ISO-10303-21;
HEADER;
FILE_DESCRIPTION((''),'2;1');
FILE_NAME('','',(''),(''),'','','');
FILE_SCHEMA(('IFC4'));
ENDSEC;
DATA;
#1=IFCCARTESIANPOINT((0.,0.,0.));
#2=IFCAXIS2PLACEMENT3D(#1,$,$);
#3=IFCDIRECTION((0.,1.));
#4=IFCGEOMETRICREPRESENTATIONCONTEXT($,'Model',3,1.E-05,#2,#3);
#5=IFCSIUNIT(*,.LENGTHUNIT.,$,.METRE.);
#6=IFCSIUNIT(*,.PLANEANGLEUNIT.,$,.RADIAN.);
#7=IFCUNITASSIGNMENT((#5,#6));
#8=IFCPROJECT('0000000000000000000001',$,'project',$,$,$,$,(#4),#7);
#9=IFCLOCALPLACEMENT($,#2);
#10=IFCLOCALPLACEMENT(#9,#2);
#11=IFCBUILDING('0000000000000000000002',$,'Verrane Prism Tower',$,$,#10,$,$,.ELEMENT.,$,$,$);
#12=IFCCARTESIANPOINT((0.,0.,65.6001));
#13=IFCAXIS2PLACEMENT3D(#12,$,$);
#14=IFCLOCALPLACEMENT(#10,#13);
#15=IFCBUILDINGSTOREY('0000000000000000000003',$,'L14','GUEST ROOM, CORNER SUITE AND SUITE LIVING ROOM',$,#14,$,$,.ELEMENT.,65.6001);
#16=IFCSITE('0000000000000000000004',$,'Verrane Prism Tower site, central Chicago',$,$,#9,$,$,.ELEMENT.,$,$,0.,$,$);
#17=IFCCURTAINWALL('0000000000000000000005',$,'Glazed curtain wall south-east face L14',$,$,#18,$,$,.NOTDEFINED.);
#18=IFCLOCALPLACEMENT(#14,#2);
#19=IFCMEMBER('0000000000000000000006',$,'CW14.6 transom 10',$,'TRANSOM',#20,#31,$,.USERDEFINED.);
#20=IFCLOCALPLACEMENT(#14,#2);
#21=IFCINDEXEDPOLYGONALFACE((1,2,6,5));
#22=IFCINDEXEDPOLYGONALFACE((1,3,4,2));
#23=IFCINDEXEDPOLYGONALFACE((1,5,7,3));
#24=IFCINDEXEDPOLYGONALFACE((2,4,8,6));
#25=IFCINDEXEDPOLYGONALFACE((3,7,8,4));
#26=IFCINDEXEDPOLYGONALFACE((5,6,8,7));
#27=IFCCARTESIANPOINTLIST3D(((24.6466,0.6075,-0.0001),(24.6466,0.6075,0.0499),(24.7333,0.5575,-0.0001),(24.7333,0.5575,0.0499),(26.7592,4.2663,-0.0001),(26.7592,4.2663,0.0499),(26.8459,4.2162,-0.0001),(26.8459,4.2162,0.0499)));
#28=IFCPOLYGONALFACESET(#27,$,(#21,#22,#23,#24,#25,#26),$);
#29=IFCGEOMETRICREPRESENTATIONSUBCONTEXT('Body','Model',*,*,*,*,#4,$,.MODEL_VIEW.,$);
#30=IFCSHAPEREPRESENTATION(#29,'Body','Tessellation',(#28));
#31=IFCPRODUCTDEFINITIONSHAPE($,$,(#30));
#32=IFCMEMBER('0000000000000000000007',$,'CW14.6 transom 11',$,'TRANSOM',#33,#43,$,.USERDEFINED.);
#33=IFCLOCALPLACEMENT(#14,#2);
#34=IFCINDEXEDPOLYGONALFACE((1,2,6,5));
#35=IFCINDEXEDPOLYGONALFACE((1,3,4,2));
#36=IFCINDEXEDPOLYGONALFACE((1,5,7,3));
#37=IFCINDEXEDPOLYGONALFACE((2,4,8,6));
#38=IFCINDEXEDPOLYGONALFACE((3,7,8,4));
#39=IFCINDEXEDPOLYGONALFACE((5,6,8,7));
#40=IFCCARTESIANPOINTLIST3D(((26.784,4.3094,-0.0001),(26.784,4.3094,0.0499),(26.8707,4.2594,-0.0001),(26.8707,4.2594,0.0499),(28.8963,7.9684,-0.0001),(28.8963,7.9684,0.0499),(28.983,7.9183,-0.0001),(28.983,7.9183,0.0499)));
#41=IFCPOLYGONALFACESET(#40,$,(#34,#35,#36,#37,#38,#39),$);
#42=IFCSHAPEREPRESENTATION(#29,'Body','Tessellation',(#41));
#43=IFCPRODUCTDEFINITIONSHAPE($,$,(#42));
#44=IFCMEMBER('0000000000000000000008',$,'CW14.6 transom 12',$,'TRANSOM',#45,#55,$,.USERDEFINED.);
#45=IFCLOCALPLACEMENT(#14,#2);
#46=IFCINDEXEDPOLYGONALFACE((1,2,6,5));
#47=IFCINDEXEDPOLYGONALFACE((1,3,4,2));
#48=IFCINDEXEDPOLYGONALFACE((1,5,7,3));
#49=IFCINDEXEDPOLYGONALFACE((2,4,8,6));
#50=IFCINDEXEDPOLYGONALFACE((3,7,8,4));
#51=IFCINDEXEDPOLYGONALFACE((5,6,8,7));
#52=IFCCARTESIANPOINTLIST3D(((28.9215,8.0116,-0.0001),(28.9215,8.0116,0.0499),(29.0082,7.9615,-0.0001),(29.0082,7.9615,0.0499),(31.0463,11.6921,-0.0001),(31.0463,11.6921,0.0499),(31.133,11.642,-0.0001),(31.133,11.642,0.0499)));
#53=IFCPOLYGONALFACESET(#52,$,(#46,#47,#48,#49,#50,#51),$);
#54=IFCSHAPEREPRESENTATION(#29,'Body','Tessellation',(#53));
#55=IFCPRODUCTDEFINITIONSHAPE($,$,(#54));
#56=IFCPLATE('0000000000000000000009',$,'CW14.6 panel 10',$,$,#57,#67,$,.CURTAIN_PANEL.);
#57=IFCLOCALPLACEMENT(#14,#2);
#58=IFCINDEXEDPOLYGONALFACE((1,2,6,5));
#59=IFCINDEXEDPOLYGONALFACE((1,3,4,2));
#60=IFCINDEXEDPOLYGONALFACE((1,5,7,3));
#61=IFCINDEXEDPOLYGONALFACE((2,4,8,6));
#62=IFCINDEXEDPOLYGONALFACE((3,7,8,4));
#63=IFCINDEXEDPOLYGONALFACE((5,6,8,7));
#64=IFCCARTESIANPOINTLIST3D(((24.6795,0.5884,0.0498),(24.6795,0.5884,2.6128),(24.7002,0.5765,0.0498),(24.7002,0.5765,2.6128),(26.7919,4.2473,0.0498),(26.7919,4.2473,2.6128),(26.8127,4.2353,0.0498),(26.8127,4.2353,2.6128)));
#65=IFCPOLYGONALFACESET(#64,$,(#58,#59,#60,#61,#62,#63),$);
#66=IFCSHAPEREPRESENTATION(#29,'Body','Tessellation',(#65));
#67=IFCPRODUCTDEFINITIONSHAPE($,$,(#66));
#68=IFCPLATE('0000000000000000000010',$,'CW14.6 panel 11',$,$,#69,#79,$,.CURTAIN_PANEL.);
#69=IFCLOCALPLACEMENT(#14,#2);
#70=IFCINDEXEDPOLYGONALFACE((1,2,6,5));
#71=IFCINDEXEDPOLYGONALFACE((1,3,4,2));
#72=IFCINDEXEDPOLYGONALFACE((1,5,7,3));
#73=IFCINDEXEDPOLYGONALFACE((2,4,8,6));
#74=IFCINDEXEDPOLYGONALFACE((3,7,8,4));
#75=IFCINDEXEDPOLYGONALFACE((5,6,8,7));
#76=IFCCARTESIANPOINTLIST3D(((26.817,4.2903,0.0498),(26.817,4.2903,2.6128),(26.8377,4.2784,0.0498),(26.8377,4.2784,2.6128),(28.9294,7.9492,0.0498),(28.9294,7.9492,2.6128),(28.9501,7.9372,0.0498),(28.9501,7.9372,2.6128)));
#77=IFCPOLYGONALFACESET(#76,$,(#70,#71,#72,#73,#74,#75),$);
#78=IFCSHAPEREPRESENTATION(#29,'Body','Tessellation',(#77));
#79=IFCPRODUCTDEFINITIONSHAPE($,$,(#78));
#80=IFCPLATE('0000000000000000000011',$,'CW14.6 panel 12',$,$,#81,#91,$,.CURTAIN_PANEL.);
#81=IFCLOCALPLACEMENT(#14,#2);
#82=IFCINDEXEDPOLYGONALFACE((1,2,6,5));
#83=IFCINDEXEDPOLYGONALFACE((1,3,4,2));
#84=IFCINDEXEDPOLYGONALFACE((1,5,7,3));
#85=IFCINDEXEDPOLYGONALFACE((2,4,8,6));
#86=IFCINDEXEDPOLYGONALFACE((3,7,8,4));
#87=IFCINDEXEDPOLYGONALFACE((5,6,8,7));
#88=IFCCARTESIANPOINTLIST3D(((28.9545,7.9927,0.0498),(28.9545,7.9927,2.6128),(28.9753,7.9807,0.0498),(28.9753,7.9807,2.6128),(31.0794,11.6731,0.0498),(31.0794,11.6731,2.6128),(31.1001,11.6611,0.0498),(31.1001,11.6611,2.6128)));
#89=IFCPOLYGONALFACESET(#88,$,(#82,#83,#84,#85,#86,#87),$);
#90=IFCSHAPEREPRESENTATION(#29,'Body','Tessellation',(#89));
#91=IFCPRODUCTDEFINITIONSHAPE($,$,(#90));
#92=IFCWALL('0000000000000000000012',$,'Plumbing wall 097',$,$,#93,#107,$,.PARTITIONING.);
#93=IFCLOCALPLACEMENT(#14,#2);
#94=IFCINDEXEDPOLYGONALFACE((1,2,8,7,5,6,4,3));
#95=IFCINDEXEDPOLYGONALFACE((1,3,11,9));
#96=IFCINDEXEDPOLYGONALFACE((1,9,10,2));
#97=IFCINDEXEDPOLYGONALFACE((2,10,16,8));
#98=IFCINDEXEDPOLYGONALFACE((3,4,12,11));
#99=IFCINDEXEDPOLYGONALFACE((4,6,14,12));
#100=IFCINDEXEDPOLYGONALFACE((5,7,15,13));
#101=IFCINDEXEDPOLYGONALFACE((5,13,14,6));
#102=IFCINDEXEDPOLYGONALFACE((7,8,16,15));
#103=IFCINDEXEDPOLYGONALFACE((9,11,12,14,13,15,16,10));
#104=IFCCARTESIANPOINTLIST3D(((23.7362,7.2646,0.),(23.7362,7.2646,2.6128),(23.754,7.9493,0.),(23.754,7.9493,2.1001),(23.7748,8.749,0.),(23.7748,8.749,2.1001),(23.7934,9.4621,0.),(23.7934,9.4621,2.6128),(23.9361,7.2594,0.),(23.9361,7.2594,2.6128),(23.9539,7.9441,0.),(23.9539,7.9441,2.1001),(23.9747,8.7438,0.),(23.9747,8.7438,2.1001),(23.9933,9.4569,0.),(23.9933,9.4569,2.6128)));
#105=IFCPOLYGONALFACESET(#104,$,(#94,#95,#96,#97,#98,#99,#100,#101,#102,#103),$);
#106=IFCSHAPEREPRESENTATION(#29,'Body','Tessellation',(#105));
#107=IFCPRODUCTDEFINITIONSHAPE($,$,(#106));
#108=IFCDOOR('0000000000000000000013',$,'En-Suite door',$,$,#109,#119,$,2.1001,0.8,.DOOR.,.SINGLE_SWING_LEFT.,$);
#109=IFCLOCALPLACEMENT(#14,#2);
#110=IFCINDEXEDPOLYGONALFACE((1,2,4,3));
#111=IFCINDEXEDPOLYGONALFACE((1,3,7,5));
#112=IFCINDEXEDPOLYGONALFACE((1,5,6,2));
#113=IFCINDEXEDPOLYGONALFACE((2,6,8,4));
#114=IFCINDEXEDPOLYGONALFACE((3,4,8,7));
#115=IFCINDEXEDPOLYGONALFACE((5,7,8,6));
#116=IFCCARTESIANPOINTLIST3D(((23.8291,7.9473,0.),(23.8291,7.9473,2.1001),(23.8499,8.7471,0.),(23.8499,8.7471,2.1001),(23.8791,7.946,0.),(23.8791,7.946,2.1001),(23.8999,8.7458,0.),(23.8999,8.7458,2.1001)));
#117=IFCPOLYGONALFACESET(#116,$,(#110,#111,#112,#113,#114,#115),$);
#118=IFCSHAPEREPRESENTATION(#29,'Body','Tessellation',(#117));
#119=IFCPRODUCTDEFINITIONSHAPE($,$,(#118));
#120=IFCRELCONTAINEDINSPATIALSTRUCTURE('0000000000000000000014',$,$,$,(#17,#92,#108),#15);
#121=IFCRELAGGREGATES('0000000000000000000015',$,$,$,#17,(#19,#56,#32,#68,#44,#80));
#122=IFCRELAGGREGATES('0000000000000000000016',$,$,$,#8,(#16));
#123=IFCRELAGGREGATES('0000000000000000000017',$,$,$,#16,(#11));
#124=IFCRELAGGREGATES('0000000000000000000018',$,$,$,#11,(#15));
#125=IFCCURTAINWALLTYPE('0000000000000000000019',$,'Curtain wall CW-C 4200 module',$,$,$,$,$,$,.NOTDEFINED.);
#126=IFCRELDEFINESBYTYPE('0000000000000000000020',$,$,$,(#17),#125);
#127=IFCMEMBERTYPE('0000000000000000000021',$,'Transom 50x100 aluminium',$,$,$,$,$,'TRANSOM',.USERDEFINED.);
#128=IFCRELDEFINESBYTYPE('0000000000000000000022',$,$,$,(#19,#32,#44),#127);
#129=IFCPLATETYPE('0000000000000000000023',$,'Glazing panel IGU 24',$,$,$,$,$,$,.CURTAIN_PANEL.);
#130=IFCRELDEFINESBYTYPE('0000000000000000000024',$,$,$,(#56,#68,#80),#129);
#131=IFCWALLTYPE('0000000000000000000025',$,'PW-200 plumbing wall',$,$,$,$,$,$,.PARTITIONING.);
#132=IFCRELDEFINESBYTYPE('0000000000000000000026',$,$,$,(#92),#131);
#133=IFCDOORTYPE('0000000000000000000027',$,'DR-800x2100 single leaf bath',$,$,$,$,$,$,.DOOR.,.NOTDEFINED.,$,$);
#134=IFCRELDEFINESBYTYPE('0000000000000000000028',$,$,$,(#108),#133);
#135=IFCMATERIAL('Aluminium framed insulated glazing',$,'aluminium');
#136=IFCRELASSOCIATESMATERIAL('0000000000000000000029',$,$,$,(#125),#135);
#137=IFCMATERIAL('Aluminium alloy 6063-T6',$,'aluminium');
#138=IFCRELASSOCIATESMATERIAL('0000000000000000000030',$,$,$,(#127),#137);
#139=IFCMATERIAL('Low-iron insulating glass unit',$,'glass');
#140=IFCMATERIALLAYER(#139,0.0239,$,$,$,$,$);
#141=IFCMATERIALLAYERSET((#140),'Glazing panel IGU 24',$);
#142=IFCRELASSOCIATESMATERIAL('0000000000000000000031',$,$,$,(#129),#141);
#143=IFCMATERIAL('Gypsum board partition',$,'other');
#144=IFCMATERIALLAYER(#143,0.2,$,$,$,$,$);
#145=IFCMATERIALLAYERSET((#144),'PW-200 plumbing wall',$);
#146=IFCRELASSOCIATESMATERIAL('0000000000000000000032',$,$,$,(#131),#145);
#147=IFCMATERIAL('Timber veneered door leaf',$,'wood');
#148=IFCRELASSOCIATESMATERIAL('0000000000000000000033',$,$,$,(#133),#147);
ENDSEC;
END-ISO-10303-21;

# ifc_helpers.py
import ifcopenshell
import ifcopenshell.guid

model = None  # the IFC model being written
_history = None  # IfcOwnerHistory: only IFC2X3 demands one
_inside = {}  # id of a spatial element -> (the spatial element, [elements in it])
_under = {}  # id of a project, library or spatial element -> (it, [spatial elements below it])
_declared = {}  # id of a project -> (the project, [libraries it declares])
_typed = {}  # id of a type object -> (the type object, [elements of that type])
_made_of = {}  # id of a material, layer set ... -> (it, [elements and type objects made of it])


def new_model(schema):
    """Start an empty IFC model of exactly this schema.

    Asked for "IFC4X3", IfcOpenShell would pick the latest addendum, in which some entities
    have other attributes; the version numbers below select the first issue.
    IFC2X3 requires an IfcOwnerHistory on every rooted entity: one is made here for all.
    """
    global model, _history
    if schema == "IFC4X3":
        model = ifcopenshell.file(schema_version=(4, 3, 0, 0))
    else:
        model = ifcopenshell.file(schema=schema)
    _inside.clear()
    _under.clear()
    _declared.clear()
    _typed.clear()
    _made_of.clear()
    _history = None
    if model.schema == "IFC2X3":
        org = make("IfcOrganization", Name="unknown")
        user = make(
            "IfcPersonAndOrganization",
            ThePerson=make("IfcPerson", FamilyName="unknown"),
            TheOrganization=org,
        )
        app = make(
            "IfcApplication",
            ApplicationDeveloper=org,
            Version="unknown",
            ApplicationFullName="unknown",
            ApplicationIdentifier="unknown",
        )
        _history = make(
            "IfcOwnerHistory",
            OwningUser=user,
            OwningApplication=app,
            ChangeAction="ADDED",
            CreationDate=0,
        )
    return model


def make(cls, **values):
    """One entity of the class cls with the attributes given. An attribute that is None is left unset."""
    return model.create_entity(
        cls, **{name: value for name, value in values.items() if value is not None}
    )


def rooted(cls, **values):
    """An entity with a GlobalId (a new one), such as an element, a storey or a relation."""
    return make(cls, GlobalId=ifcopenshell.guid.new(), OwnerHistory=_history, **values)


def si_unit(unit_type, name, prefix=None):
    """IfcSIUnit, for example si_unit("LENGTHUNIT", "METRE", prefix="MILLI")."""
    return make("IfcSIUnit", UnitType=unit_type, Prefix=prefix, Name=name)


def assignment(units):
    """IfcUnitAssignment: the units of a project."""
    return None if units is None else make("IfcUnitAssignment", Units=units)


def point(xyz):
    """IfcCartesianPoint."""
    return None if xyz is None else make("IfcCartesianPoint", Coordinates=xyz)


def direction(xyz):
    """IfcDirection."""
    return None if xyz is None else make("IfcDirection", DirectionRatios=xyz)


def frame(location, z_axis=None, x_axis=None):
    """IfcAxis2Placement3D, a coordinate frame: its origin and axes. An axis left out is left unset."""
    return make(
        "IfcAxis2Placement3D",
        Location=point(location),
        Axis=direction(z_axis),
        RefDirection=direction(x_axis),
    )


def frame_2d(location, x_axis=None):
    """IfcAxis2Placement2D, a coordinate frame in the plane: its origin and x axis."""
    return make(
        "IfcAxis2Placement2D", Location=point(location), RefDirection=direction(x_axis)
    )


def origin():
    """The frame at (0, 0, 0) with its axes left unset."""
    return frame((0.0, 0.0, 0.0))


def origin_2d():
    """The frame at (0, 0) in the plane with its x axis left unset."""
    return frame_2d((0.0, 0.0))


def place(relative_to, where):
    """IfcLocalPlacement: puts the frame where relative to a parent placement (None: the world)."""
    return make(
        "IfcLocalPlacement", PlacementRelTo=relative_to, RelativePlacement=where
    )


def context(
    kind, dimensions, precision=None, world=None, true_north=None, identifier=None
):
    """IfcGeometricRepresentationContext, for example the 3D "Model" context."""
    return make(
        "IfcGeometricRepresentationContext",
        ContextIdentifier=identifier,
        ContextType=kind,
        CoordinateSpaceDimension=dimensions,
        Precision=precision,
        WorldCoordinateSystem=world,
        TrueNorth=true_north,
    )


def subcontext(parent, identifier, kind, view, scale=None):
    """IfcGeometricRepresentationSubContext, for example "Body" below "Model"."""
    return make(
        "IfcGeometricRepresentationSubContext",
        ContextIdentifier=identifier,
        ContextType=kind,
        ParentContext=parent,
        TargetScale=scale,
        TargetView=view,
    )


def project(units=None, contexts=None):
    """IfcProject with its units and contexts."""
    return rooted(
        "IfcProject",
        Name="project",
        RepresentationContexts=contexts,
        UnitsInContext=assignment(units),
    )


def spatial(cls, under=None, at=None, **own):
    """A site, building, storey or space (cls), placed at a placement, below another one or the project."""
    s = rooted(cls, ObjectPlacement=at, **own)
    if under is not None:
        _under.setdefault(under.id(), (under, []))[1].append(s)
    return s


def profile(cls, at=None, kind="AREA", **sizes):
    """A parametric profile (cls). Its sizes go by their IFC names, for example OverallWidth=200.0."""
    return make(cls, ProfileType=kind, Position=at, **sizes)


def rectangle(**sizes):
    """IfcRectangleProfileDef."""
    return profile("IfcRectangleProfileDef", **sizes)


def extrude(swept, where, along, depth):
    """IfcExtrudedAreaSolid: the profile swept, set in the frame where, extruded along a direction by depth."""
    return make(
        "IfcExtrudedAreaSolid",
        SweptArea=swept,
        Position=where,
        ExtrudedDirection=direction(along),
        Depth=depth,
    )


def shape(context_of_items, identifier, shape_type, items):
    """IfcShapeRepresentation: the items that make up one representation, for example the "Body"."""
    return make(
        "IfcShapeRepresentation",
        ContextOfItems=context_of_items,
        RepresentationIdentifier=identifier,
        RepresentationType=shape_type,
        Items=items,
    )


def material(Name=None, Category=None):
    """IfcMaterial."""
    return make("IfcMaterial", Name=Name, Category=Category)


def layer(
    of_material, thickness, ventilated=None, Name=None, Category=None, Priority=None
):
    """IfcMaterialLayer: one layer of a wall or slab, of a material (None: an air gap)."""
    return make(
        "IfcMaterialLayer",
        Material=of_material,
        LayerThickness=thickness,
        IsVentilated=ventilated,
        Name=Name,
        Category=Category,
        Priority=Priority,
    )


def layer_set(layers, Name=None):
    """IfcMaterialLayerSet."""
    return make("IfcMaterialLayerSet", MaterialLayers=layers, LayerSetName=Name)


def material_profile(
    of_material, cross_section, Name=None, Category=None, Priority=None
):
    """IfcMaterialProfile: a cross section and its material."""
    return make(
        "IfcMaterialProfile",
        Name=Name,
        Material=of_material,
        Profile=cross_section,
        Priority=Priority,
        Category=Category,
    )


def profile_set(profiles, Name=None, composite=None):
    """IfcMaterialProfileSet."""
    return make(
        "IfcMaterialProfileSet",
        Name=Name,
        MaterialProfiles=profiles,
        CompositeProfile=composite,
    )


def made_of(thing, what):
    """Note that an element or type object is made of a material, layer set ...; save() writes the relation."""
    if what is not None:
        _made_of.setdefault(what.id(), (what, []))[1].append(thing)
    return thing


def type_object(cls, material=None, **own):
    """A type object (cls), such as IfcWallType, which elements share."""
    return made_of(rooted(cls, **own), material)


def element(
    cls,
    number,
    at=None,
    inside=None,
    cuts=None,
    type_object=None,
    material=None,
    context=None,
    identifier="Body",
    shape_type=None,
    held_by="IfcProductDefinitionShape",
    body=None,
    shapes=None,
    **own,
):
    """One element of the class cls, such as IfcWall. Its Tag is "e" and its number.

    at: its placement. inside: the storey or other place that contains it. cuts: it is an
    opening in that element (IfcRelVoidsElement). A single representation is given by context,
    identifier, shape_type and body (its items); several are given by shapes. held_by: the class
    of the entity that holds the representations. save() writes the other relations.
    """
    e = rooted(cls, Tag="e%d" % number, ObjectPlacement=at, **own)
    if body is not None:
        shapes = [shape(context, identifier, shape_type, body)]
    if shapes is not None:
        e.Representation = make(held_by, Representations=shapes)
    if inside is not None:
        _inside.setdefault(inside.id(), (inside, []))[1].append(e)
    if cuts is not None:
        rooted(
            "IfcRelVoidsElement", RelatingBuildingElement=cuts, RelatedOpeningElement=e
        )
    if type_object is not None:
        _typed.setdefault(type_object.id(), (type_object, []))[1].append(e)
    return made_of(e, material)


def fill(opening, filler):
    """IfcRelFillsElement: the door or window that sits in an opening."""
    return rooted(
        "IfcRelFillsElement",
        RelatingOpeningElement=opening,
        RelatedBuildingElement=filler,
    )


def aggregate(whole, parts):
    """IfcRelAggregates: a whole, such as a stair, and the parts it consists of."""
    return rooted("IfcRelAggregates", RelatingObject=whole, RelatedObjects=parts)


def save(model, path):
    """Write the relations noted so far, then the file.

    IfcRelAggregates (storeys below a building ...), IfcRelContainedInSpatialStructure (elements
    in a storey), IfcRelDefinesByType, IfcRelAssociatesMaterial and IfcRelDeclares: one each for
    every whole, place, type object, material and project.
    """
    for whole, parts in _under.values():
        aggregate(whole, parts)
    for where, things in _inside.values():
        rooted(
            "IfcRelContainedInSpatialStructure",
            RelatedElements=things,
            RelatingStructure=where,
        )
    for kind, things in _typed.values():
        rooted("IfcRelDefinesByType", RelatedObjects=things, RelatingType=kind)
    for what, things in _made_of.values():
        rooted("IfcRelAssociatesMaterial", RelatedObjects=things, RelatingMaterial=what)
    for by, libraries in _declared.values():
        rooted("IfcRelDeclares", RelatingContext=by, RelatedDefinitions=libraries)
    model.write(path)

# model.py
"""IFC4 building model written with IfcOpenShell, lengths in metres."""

from ifc_helpers import new_model, si_unit, direction, frame, frame_2d, origin, origin_2d, place, context, subcontext, project, spatial, rectangle, extrude, material, layer, layer_set, material_profile, profile_set, type_object, element, fill, aggregate, save


model = new_model("IFC4")

# Units and contexts
model_context = context("Model", 3, precision=1e-05, world=origin(), true_north=direction((0.0, 1.0)))
body_context = subcontext(model_context, "Body", "Model", "MODEL_VIEW")
ifc_project = project(units=[si_unit("LENGTHUNIT", "METRE"), si_unit("PLANEANGLEUNIT", "RADIAN")], contexts=[model_context])

# Site, building, storey
site_placement = place(None, origin())
site = spatial("IfcSite", under=ifc_project, at=site_placement, Name="Verrane Prism Tower site, central Chicago", CompositionType="ELEMENT", RefElevation=0.0)
building_placement = place(site_placement, origin())
building = spatial("IfcBuilding", under=site, at=building_placement, Name="Verrane Prism Tower", CompositionType="ELEMENT")
storey_placement = place(building_placement, frame((0.0, 0.0, 65.6001)))
storey = spatial("IfcBuildingStorey", under=building, at=storey_placement, Name="L14", Description="GUEST ROOM, CORNER SUITE AND SUITE LIVING ROOM", CompositionType="ELEMENT", Elevation=65.6001)

# Curtain wall
ifc_material_1 = material(Name="Aluminium framed insulated glazing", Category="aluminium")
curtain_wall_type = type_object("IfcCurtainWallType", Name="Curtain wall CW-C 4200 module", PredefinedType="NOTDEFINED", material=ifc_material_1)
curtain_wall_placement = place(storey_placement, origin())
curtain_wall = element("IfcCurtainWall", 1, at=curtain_wall_placement, inside=storey, type_object=curtain_wall_type, Name="Glazed curtain wall south-east face L14", PredefinedType="NOTDEFINED")

# Members
ifc_material_2 = material(Name="Aluminium alloy 6063-T6", Category="aluminium")
ifc_material_profile_1 = material_profile(ifc_material_2, rectangle(XDim=0.1001, YDim=0.05, at=origin_2d()), Name="Transom 50x100 aluminium")
ifc_profile_set_1 = profile_set([ifc_material_profile_1], Name="Aluminium alloy 6063-T6")
member_type_1 = type_object("IfcMemberType", Name="Transom 50x100 aluminium", ElementType="TRANSOM", PredefinedType="USERDEFINED", material=ifc_profile_set_1)
member_1_placement = place(storey_placement, frame((24.6899, 0.5825, 0.0249), z_axis=(0.500036, 0.866005, 0.0), x_axis=(-0.866005, 0.500036, 0.0)))
member_1 = element("IfcMember", 2, at=member_1_placement, type_object=member_type_1, Name="CW14.6 transom 10", ObjectType="TRANSOM", PredefinedType="USERDEFINED", context=body_context, shape_type="SweptSolid", body=[
    extrude(rectangle(XDim=0.1001, YDim=0.05, at=origin_2d()), origin(), (0.0, 0.0, 1.0), 4.2249),
])
member_2_placement = place(storey_placement, frame((26.8274, 4.2844, 0.0249), z_axis=(0.499968, 0.866044, 0.0), x_axis=(-0.866044, 0.499968, 0.0)))
member_2 = element("IfcMember", 3, at=member_2_placement, type_object=member_type_1, Name="CW14.6 transom 11", ObjectType="TRANSOM", PredefinedType="USERDEFINED", context=body_context, shape_type="SweptSolid", body=[
    extrude(rectangle(XDim=0.1001, YDim=0.05, at=origin_2d()), origin(), (0.0, 0.0, 1.0), 4.2249),
])
member_3_placement = place(storey_placement, frame((28.9648, 7.9866, 0.0249), z_axis=(0.499976, 0.866039, 0.0), x_axis=(-0.866039, 0.499976, 0.0)))
member_3 = element("IfcMember", 4, at=member_3_placement, type_object=member_type_1, Name="CW14.6 transom 12", ObjectType="TRANSOM", PredefinedType="USERDEFINED", context=body_context, shape_type="SweptSolid", body=[
    extrude(rectangle(XDim=0.1001, YDim=0.05, at=origin_2d()), origin(), (0.0, 0.0, 1.0), 4.2498),
])

# Plates
ifc_material_3 = material(Name="Low-iron insulating glass unit", Category="glass")
ifc_layer_1 = layer(ifc_material_3, 0.0239)
ifc_layer_set_1 = layer_set([ifc_layer_1], Name="Glazing panel IGU 24")
plate_type = type_object("IfcPlateType", Name="Glazing panel IGU 24", PredefinedType="CURTAIN_PANEL", material=ifc_layer_set_1)
plate_1_placement = place(storey_placement, frame((25.7461, 2.4119, 0.0498), z_axis=(0.0, 0.0, 1.0), x_axis=(0.5, 0.866025, 0.0)))
plate_1 = element("IfcPlate", 5, at=plate_1_placement, type_object=plate_type, Name="CW14.6 panel 10", PredefinedType="CURTAIN_PANEL", context=body_context, shape_type="SweptSolid", body=[
    extrude(rectangle(XDim=4.2249, YDim=0.0239, at=origin_2d()), origin(), (0.0, 0.0, 1.0), 2.563),
])
plate_2_placement = place(storey_placement, frame((27.8835, 6.1138, 0.0498), z_axis=(0.0, 0.0, 1.0), x_axis=(0.5, 0.866025, 0.0)))
plate_2 = element("IfcPlate", 6, at=plate_2_placement, type_object=plate_type, Name="CW14.6 panel 11", PredefinedType="CURTAIN_PANEL", context=body_context, shape_type="SweptSolid", body=[
    extrude(rectangle(XDim=4.2249, YDim=0.0239, at=origin_2d()), origin(), (0.0, 0.0, 1.0), 2.563),
])
plate_3_placement = place(storey_placement, frame((30.0273, 9.8269, 0.0498), z_axis=(0.0, 0.0, 1.0), x_axis=(0.5, 0.866025, 0.0)))
plate_3 = element("IfcPlate", 7, at=plate_3_placement, type_object=plate_type, Name="CW14.6 panel 12", PredefinedType="CURTAIN_PANEL", context=body_context, shape_type="SweptSolid", body=[
    extrude(rectangle(XDim=4.2498, YDim=0.0239, at=origin_2d()), origin(), (0.0, 0.0, 1.0), 2.563),
])
aggregate(curtain_wall, [member_1, plate_1, member_2, plate_2, member_3, plate_3])

# Wall, opening, door
ifc_material_4 = material(Name="Gypsum board partition", Category="other")
ifc_layer_2 = layer(ifc_material_4, 0.2)
ifc_layer_set_2 = layer_set([ifc_layer_2], Name="PW-200 plumbing wall")
wall_type = type_object("IfcWallType", Name="PW-200 plumbing wall", PredefinedType="PARTITIONING", material=ifc_layer_set_2)
wall_placement = place(storey_placement, frame((23.8362, 7.262, 0.0), z_axis=(0.0, 0.0, 1.0), x_axis=(0.025988, 0.999662, 0.0)))
wall = element("IfcWall", 8, at=wall_placement, inside=storey, type_object=wall_type, Name="Plumbing wall 097", PredefinedType="PARTITIONING", context=body_context, shape_type="SweptSolid", body=[
    extrude(rectangle(XDim=2.1982, YDim=0.2, at=frame_2d((1.0991, 0.0))), origin(), (0.0, 0.0, 1.0), 2.6128),
])
opening_placement = place(wall_placement, frame((0.6851, 0.0, 0.0)))
opening = element("IfcOpeningElement", 9, at=opening_placement, cuts=wall, PredefinedType="OPENING", context=body_context, shape_type="SweptSolid", body=[
    extrude(rectangle(XDim=0.8, YDim=2.1001, at=frame_2d((0.3999, 1.05))), frame((0.0, 0.1099, 0.0), z_axis=(0.0, -1.0, 0.0), x_axis=(1.0, 0.0, 0.0)), (0.0, 0.0, 1.0), 0.22),
])
ifc_material_5 = material(Name="Timber veneered door leaf", Category="wood")
door_type = type_object("IfcDoorType", Name="DR-800x2100 single leaf bath", OperationType="NOTDEFINED", PredefinedType="DOOR", material=ifc_material_5)
door_placement = place(opening_placement, origin())
door = element("IfcDoor", 10, at=door_placement, inside=storey, type_object=door_type, Name="En-Suite door", OperationType="SINGLE_SWING_LEFT", OverallHeight=2.1001, OverallWidth=0.8, PredefinedType="DOOR", context=body_context, shape_type="SweptSolid", body=[
    extrude(rectangle(XDim=0.8, YDim=2.1001, at=frame_2d((0.3999, 1.05))), frame((0.0, 0.0249, 0.0), z_axis=(0.0, -1.0, 0.0), x_axis=(1.0, 0.0, 0.0)), (0.0, 0.0, 1.0), 0.05),
])
fill(opening, door)

save(model, "model.ifc")
